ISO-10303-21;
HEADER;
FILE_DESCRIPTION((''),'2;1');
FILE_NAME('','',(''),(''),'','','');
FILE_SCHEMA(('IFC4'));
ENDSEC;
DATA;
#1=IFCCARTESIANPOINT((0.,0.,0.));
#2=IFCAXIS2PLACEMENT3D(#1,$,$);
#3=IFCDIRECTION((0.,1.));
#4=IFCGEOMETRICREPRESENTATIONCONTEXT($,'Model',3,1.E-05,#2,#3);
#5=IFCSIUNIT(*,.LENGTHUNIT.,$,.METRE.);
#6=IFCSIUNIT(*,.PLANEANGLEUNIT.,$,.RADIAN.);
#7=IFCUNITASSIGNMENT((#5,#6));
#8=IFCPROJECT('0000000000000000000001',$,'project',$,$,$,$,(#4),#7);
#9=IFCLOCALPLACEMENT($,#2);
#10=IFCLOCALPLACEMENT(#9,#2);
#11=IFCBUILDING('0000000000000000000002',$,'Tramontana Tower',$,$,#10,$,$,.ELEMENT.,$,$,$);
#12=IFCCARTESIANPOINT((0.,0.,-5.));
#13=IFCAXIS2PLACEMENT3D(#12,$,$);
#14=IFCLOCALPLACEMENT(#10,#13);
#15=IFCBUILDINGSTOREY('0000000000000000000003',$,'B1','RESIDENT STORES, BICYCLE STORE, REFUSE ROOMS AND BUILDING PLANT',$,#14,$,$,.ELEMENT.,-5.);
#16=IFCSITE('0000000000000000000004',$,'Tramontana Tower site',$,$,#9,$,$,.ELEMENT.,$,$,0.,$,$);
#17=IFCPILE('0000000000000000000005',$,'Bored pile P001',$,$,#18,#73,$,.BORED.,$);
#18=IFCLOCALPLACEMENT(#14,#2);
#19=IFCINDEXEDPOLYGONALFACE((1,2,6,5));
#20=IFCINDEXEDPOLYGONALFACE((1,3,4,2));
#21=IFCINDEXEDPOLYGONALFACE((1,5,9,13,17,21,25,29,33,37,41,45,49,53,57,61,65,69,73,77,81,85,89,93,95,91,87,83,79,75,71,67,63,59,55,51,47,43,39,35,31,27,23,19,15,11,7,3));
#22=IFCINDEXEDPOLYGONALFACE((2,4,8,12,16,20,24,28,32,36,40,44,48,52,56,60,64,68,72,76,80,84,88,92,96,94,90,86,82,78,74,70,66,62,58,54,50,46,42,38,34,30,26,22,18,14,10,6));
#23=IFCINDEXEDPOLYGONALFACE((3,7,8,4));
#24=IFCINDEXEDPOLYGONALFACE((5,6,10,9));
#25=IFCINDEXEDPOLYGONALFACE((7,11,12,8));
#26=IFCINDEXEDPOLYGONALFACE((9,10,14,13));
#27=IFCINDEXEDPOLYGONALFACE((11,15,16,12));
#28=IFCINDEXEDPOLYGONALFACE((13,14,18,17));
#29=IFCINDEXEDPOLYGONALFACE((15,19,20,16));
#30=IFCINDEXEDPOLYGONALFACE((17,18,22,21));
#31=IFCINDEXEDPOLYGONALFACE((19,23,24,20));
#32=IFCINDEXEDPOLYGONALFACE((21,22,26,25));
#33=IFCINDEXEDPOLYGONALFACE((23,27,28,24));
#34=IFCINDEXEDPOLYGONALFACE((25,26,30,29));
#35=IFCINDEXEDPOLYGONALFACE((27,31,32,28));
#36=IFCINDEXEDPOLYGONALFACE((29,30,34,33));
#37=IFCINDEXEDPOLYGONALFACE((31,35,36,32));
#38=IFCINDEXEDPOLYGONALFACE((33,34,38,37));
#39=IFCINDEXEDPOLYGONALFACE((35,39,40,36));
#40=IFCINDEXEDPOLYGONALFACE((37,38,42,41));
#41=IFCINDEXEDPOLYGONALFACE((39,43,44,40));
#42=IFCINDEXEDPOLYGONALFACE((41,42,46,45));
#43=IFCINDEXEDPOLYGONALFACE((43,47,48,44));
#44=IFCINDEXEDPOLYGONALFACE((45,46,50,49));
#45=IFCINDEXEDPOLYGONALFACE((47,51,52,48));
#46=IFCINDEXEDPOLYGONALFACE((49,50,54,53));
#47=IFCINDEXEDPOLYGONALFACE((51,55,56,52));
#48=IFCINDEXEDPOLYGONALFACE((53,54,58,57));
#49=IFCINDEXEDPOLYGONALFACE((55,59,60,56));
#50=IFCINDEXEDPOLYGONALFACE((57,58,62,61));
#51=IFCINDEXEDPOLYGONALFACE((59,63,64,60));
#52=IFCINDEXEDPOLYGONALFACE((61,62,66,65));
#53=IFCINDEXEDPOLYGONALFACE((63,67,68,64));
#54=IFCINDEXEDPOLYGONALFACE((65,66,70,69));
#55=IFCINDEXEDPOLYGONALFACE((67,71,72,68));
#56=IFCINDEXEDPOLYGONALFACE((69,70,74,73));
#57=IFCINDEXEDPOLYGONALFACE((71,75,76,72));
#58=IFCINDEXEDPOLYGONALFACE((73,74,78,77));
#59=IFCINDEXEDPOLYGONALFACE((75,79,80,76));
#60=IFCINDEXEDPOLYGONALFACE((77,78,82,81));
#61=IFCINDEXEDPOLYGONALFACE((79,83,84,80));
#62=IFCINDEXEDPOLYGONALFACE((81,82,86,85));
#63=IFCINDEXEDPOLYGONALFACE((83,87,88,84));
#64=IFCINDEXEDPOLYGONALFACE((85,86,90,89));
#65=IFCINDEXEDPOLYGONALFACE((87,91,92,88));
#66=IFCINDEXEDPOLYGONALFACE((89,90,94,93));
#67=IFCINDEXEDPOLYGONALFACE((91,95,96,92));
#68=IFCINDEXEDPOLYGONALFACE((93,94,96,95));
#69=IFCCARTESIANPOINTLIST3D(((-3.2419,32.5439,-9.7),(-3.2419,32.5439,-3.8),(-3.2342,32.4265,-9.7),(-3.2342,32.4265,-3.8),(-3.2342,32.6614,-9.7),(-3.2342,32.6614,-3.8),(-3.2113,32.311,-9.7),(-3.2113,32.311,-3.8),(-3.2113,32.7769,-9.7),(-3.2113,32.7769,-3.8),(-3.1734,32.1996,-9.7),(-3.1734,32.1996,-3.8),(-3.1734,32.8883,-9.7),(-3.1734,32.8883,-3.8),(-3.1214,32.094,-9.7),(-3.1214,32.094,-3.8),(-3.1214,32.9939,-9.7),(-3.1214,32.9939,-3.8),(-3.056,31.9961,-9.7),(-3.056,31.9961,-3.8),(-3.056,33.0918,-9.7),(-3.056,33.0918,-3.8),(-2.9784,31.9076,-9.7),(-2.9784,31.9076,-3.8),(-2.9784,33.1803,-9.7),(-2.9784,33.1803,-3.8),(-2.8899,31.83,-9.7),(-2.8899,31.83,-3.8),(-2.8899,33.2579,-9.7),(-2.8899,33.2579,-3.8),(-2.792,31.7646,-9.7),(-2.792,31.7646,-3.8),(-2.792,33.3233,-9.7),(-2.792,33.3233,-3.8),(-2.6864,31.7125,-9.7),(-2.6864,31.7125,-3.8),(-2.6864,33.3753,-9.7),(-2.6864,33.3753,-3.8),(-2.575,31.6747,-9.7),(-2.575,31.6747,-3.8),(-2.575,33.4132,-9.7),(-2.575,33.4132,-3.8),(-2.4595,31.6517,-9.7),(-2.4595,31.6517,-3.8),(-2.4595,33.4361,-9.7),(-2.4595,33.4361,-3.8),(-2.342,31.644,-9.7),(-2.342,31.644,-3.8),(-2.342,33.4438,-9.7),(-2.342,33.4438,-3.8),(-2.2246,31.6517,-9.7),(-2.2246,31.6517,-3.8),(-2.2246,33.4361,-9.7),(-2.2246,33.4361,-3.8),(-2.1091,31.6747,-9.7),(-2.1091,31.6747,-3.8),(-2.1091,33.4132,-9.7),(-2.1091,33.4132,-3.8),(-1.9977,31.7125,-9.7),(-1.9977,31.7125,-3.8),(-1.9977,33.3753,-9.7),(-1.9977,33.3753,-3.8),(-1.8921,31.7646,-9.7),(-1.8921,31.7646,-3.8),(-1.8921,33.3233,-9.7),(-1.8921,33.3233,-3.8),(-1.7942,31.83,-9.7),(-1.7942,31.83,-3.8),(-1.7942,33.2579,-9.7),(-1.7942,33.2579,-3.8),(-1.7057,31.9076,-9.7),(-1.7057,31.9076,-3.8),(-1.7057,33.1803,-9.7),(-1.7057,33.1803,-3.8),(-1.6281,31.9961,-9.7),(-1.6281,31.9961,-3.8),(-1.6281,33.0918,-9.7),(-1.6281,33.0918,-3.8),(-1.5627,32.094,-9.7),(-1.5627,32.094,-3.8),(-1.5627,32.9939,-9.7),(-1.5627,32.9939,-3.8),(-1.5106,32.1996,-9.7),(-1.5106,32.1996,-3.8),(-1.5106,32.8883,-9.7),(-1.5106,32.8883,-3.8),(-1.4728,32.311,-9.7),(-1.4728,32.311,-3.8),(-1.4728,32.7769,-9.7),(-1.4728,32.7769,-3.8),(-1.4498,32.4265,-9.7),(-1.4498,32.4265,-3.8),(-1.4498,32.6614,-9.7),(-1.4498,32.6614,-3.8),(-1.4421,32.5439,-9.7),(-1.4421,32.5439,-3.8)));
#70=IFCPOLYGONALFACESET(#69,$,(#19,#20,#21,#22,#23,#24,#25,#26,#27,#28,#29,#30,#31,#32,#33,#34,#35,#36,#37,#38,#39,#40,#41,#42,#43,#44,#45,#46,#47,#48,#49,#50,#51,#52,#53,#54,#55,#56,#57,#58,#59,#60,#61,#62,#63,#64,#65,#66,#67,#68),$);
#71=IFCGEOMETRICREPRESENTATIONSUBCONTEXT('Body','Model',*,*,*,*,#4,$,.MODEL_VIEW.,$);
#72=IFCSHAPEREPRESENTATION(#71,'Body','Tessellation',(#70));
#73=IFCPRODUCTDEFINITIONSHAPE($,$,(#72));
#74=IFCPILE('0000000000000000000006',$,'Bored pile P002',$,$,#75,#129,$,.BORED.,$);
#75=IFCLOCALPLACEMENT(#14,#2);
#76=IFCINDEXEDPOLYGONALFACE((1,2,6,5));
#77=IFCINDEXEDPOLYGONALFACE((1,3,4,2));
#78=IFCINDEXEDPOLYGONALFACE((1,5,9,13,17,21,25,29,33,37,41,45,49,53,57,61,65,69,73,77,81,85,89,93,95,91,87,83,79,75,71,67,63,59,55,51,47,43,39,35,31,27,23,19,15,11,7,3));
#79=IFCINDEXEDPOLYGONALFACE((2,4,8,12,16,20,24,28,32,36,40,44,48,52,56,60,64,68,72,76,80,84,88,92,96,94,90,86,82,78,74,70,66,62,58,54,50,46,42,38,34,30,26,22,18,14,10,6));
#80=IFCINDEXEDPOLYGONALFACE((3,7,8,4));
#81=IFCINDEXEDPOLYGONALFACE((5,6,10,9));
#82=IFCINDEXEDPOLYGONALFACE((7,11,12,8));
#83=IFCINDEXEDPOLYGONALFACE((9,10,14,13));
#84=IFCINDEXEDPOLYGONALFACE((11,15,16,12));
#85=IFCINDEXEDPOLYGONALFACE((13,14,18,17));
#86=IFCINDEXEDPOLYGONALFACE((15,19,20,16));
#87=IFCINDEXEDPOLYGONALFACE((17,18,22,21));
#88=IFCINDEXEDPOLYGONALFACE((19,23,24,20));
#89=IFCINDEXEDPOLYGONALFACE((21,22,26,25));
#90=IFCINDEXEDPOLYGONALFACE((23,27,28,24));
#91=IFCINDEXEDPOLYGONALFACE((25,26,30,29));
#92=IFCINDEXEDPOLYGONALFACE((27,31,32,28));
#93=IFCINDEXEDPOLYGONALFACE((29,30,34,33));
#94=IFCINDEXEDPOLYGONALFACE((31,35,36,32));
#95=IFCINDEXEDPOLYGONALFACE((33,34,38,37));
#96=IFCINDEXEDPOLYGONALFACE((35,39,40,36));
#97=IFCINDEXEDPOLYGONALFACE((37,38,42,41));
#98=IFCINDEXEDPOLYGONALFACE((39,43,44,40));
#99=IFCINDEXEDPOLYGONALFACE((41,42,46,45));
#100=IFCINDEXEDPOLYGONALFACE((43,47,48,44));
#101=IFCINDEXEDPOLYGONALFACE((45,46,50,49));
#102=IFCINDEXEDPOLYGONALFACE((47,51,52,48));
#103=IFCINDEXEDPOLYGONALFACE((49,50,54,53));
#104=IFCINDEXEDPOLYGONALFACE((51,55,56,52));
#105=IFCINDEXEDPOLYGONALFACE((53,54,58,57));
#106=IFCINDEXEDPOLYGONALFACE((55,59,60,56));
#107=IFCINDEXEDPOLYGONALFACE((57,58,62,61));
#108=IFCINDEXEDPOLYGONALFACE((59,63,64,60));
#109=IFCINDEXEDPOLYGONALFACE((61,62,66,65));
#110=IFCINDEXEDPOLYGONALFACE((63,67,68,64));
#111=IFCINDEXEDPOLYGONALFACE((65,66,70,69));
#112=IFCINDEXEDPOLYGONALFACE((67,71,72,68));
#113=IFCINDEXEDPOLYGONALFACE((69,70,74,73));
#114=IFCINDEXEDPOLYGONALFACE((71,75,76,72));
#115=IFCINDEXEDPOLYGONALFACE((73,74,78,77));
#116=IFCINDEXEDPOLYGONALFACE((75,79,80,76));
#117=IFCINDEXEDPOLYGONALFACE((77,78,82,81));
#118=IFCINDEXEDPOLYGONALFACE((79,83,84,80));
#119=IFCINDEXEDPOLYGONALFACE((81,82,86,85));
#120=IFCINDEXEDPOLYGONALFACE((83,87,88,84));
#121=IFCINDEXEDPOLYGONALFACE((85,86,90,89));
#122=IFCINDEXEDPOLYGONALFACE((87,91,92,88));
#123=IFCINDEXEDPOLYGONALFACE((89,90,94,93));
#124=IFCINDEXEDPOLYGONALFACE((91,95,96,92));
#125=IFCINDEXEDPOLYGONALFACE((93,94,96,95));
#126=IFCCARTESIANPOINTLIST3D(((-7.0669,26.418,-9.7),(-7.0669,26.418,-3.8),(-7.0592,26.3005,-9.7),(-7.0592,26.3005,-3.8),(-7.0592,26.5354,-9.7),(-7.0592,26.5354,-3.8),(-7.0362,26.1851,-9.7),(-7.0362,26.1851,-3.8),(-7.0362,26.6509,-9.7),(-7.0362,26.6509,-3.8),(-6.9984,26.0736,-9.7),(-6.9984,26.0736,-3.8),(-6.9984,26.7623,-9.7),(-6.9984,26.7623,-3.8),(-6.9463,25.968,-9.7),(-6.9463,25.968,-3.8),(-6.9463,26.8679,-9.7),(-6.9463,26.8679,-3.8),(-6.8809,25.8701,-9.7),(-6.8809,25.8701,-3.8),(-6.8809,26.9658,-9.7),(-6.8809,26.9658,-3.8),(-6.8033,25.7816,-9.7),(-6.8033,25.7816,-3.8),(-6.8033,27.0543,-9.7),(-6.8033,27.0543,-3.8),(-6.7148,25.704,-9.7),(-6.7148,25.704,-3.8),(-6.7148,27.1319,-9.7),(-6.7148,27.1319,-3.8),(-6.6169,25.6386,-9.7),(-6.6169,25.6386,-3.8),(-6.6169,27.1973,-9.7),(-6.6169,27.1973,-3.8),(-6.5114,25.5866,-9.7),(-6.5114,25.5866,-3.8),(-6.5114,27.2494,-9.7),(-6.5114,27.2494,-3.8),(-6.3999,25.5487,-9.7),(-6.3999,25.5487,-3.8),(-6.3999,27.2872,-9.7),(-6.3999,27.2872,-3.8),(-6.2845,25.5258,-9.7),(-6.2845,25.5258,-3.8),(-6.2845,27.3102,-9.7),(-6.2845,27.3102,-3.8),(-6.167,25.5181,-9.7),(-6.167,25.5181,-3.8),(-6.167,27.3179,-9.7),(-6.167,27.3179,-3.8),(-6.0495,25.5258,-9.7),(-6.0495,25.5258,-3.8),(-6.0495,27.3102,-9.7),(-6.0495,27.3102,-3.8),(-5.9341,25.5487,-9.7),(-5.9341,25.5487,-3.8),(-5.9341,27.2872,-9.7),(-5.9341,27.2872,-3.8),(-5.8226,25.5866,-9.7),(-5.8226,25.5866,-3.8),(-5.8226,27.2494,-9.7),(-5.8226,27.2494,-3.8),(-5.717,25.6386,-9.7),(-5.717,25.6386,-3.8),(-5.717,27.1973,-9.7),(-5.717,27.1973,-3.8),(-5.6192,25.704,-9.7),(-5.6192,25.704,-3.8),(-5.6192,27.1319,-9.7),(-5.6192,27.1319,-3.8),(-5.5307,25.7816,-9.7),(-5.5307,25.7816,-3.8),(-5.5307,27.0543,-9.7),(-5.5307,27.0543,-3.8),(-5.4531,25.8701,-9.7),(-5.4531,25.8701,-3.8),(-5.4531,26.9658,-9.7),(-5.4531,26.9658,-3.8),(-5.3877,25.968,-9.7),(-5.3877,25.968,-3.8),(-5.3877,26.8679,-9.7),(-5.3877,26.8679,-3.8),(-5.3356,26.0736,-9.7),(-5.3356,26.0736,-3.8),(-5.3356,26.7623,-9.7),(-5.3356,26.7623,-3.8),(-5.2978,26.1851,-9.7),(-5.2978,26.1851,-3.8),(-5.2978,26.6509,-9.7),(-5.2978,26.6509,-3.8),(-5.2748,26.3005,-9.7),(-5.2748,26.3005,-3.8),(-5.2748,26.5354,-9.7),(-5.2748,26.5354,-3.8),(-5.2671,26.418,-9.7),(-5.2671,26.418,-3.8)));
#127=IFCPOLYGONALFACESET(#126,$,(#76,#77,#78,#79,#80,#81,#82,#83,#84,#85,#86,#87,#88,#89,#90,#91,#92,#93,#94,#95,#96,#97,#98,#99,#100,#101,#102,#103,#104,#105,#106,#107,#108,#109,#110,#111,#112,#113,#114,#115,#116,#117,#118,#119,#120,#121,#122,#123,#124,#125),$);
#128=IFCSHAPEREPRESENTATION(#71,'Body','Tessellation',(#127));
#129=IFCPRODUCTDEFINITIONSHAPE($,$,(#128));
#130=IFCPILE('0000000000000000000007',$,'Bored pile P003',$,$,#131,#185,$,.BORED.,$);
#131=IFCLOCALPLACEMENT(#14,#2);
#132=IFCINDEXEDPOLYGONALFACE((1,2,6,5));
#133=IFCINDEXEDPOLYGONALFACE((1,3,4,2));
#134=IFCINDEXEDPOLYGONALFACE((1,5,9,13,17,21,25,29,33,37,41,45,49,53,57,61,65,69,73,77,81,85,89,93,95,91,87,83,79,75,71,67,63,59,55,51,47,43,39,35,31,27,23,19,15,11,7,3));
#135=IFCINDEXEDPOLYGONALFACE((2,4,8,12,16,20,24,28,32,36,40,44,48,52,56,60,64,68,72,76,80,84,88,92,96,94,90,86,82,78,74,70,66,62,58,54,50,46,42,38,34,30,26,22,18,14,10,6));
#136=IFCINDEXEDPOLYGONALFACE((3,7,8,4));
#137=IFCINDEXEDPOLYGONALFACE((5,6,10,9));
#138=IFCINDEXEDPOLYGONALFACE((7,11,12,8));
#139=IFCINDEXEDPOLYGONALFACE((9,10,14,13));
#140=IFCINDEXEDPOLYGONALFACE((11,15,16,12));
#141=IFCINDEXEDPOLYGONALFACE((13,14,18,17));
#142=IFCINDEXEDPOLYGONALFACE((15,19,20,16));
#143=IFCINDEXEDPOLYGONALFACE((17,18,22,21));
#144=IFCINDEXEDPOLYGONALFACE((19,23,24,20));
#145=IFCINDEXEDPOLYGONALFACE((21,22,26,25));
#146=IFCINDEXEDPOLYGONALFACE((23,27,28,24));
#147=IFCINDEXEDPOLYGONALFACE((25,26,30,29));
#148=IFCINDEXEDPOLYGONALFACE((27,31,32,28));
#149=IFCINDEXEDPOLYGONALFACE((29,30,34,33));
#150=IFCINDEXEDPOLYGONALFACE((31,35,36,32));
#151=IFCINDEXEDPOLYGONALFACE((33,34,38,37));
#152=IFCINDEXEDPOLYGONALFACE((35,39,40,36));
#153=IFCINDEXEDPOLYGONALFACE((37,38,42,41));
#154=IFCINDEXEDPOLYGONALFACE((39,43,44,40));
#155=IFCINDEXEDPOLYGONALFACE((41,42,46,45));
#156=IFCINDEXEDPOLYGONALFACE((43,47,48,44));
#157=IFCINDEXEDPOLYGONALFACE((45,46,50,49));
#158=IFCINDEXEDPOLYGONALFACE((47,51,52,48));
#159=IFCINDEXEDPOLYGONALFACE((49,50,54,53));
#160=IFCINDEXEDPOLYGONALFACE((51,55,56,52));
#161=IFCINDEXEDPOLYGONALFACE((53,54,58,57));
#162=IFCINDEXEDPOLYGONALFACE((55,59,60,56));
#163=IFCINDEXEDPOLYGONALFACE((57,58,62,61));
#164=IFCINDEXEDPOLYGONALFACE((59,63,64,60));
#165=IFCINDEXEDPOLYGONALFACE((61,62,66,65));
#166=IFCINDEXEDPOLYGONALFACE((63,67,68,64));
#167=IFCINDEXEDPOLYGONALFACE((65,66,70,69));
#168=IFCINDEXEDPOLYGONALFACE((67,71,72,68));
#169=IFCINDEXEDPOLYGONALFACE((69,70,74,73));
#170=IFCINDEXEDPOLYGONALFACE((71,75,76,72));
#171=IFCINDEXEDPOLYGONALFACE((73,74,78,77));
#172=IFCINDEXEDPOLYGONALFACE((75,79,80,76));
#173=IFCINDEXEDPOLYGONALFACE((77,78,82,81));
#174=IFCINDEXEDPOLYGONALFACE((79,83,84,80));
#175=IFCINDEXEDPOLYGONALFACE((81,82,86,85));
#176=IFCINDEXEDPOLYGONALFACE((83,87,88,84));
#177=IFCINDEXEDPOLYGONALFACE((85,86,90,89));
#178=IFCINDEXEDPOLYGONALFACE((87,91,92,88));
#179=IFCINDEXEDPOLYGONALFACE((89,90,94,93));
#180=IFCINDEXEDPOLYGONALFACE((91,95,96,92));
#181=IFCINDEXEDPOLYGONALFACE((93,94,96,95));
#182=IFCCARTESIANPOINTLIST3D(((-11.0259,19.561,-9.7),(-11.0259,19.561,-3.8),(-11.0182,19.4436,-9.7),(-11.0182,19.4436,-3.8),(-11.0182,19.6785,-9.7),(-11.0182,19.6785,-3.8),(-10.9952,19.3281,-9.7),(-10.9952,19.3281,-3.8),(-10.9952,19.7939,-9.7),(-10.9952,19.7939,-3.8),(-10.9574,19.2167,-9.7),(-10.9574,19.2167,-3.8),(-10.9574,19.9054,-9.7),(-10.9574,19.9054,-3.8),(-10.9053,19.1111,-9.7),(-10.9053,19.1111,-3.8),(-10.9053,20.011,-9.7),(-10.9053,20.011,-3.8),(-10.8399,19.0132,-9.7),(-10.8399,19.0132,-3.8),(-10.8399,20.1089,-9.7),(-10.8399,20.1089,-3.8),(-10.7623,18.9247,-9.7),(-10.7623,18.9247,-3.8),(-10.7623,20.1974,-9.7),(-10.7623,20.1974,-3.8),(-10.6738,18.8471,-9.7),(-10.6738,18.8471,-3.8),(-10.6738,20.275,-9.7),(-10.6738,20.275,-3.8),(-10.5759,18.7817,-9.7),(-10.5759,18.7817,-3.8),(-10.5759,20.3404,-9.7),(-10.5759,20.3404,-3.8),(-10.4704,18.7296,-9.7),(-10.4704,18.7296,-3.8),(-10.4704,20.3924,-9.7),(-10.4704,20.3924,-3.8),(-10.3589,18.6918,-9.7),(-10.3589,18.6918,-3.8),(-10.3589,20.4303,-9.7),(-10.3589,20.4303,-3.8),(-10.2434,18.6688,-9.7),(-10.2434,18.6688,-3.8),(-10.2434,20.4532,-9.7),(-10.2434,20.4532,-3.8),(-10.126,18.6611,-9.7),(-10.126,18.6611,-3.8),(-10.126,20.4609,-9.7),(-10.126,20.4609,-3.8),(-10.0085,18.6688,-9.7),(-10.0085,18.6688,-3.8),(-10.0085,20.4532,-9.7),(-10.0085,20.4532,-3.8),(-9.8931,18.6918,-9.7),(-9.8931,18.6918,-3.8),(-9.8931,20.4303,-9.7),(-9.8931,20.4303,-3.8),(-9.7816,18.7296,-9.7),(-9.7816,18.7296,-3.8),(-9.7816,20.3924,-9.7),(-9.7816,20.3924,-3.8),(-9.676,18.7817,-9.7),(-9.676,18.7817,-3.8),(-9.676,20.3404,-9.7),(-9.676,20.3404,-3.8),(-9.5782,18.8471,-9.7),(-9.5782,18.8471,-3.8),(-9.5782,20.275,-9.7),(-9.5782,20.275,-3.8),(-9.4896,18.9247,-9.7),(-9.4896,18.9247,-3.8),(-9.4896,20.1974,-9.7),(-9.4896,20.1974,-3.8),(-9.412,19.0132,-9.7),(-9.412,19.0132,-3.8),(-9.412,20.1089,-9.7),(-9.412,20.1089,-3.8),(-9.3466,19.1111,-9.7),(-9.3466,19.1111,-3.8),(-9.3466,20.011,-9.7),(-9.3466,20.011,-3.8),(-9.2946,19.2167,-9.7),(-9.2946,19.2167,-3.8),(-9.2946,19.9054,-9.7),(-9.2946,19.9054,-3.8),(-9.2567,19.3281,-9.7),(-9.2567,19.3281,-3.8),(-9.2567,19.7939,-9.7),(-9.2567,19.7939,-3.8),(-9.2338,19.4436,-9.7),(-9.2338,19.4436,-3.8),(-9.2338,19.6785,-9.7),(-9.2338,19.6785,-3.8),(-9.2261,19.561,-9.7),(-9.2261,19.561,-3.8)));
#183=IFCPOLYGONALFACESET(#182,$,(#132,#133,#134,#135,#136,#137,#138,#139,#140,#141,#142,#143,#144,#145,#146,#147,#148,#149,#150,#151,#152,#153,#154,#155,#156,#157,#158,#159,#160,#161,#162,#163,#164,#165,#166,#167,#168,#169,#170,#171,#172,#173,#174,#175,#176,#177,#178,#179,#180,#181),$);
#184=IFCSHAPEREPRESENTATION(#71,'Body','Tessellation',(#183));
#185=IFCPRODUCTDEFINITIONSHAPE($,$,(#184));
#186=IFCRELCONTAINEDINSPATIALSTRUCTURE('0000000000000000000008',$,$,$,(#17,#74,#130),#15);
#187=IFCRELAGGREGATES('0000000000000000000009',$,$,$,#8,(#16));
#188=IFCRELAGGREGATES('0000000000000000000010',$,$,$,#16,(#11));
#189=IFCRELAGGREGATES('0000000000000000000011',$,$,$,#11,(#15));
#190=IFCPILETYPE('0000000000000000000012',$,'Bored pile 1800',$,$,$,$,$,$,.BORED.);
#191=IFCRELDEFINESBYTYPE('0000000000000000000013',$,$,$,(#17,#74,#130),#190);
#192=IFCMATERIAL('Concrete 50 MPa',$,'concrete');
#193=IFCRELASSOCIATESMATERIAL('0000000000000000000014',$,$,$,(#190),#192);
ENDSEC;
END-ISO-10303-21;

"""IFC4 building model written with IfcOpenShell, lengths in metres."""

from ifc_helpers import new_model, si_unit, direction, frame, origin, origin_2d, place, context, subcontext, project, spatial, circle, extrude, material, material_profile, profile_set, type_object, element, save


model = new_model("IFC4")

# Units and contexts
model_context = context("Model", 3, precision=1e-05, world=origin(), true_north=direction((0.0, 1.0)))
body_context = subcontext(model_context, "Body", "Model", "MODEL_VIEW")
ifc_project = project(units=[si_unit("LENGTHUNIT", "METRE"), si_unit("PLANEANGLEUNIT", "RADIAN")], contexts=[model_context])

# Site, building, storey
site_placement = place(None, origin())
site = spatial("IfcSite", under=ifc_project, at=site_placement, Name="Tramontana Tower site", CompositionType="ELEMENT", RefElevation=0.0)
building_placement = place(site_placement, origin())
building = spatial("IfcBuilding", under=site, at=building_placement, Name="Tramontana Tower", CompositionType="ELEMENT")
storey_placement = place(building_placement, frame((0.0, 0.0, -5.0)))
storey = spatial("IfcBuildingStorey", under=building, at=storey_placement, Name="B1", Description="RESIDENT STORES, BICYCLE STORE, REFUSE ROOMS AND BUILDING PLANT", CompositionType="ELEMENT", Elevation=-5.0)

# Piles
ifc_material_1 = material(Name="Concrete 50 MPa", Category="concrete")
ifc_material_profile_1 = material_profile(ifc_material_1, circle(Radius=0.8999, at=origin_2d()), Name="Bored pile 1800")
ifc_profile_set_1 = profile_set([ifc_material_profile_1], Name="Concrete 50 MPa")
pile_type = type_object("IfcPileType", Name="Bored pile 1800", PredefinedType="BORED", material=ifc_profile_set_1)
for number, where, z_axis, x_axis, name in (
    (1, (-2.342, 32.5439, -3.8), (0.0, 0.0, -1.0), (1.0, 0.0, 0.0), "Bored pile P001"),
    (2, (-6.167, 26.418, -3.8), (0.0, 0.0, -1.0), (1.0, 0.0, 0.0), "Bored pile P002"),
    (3, (-10.126, 19.561, -3.8), (0.0, 0.0, -1.0), (1.0, 0.0, 0.0), "Bored pile P003"),
):
    element("IfcPile", number, at=place(storey_placement, frame(where, z_axis=z_axis, x_axis=x_axis)), inside=storey, type_object=pile_type, Name=name, PredefinedType="BORED", context=body_context, shape_type="SweptSolid", body=[
        extrude(circle(Radius=0.8999, at=origin_2d()), origin(), (0.0, 0.0, 1.0), 5.8999),
    ])

save(model, "model.ifc")
